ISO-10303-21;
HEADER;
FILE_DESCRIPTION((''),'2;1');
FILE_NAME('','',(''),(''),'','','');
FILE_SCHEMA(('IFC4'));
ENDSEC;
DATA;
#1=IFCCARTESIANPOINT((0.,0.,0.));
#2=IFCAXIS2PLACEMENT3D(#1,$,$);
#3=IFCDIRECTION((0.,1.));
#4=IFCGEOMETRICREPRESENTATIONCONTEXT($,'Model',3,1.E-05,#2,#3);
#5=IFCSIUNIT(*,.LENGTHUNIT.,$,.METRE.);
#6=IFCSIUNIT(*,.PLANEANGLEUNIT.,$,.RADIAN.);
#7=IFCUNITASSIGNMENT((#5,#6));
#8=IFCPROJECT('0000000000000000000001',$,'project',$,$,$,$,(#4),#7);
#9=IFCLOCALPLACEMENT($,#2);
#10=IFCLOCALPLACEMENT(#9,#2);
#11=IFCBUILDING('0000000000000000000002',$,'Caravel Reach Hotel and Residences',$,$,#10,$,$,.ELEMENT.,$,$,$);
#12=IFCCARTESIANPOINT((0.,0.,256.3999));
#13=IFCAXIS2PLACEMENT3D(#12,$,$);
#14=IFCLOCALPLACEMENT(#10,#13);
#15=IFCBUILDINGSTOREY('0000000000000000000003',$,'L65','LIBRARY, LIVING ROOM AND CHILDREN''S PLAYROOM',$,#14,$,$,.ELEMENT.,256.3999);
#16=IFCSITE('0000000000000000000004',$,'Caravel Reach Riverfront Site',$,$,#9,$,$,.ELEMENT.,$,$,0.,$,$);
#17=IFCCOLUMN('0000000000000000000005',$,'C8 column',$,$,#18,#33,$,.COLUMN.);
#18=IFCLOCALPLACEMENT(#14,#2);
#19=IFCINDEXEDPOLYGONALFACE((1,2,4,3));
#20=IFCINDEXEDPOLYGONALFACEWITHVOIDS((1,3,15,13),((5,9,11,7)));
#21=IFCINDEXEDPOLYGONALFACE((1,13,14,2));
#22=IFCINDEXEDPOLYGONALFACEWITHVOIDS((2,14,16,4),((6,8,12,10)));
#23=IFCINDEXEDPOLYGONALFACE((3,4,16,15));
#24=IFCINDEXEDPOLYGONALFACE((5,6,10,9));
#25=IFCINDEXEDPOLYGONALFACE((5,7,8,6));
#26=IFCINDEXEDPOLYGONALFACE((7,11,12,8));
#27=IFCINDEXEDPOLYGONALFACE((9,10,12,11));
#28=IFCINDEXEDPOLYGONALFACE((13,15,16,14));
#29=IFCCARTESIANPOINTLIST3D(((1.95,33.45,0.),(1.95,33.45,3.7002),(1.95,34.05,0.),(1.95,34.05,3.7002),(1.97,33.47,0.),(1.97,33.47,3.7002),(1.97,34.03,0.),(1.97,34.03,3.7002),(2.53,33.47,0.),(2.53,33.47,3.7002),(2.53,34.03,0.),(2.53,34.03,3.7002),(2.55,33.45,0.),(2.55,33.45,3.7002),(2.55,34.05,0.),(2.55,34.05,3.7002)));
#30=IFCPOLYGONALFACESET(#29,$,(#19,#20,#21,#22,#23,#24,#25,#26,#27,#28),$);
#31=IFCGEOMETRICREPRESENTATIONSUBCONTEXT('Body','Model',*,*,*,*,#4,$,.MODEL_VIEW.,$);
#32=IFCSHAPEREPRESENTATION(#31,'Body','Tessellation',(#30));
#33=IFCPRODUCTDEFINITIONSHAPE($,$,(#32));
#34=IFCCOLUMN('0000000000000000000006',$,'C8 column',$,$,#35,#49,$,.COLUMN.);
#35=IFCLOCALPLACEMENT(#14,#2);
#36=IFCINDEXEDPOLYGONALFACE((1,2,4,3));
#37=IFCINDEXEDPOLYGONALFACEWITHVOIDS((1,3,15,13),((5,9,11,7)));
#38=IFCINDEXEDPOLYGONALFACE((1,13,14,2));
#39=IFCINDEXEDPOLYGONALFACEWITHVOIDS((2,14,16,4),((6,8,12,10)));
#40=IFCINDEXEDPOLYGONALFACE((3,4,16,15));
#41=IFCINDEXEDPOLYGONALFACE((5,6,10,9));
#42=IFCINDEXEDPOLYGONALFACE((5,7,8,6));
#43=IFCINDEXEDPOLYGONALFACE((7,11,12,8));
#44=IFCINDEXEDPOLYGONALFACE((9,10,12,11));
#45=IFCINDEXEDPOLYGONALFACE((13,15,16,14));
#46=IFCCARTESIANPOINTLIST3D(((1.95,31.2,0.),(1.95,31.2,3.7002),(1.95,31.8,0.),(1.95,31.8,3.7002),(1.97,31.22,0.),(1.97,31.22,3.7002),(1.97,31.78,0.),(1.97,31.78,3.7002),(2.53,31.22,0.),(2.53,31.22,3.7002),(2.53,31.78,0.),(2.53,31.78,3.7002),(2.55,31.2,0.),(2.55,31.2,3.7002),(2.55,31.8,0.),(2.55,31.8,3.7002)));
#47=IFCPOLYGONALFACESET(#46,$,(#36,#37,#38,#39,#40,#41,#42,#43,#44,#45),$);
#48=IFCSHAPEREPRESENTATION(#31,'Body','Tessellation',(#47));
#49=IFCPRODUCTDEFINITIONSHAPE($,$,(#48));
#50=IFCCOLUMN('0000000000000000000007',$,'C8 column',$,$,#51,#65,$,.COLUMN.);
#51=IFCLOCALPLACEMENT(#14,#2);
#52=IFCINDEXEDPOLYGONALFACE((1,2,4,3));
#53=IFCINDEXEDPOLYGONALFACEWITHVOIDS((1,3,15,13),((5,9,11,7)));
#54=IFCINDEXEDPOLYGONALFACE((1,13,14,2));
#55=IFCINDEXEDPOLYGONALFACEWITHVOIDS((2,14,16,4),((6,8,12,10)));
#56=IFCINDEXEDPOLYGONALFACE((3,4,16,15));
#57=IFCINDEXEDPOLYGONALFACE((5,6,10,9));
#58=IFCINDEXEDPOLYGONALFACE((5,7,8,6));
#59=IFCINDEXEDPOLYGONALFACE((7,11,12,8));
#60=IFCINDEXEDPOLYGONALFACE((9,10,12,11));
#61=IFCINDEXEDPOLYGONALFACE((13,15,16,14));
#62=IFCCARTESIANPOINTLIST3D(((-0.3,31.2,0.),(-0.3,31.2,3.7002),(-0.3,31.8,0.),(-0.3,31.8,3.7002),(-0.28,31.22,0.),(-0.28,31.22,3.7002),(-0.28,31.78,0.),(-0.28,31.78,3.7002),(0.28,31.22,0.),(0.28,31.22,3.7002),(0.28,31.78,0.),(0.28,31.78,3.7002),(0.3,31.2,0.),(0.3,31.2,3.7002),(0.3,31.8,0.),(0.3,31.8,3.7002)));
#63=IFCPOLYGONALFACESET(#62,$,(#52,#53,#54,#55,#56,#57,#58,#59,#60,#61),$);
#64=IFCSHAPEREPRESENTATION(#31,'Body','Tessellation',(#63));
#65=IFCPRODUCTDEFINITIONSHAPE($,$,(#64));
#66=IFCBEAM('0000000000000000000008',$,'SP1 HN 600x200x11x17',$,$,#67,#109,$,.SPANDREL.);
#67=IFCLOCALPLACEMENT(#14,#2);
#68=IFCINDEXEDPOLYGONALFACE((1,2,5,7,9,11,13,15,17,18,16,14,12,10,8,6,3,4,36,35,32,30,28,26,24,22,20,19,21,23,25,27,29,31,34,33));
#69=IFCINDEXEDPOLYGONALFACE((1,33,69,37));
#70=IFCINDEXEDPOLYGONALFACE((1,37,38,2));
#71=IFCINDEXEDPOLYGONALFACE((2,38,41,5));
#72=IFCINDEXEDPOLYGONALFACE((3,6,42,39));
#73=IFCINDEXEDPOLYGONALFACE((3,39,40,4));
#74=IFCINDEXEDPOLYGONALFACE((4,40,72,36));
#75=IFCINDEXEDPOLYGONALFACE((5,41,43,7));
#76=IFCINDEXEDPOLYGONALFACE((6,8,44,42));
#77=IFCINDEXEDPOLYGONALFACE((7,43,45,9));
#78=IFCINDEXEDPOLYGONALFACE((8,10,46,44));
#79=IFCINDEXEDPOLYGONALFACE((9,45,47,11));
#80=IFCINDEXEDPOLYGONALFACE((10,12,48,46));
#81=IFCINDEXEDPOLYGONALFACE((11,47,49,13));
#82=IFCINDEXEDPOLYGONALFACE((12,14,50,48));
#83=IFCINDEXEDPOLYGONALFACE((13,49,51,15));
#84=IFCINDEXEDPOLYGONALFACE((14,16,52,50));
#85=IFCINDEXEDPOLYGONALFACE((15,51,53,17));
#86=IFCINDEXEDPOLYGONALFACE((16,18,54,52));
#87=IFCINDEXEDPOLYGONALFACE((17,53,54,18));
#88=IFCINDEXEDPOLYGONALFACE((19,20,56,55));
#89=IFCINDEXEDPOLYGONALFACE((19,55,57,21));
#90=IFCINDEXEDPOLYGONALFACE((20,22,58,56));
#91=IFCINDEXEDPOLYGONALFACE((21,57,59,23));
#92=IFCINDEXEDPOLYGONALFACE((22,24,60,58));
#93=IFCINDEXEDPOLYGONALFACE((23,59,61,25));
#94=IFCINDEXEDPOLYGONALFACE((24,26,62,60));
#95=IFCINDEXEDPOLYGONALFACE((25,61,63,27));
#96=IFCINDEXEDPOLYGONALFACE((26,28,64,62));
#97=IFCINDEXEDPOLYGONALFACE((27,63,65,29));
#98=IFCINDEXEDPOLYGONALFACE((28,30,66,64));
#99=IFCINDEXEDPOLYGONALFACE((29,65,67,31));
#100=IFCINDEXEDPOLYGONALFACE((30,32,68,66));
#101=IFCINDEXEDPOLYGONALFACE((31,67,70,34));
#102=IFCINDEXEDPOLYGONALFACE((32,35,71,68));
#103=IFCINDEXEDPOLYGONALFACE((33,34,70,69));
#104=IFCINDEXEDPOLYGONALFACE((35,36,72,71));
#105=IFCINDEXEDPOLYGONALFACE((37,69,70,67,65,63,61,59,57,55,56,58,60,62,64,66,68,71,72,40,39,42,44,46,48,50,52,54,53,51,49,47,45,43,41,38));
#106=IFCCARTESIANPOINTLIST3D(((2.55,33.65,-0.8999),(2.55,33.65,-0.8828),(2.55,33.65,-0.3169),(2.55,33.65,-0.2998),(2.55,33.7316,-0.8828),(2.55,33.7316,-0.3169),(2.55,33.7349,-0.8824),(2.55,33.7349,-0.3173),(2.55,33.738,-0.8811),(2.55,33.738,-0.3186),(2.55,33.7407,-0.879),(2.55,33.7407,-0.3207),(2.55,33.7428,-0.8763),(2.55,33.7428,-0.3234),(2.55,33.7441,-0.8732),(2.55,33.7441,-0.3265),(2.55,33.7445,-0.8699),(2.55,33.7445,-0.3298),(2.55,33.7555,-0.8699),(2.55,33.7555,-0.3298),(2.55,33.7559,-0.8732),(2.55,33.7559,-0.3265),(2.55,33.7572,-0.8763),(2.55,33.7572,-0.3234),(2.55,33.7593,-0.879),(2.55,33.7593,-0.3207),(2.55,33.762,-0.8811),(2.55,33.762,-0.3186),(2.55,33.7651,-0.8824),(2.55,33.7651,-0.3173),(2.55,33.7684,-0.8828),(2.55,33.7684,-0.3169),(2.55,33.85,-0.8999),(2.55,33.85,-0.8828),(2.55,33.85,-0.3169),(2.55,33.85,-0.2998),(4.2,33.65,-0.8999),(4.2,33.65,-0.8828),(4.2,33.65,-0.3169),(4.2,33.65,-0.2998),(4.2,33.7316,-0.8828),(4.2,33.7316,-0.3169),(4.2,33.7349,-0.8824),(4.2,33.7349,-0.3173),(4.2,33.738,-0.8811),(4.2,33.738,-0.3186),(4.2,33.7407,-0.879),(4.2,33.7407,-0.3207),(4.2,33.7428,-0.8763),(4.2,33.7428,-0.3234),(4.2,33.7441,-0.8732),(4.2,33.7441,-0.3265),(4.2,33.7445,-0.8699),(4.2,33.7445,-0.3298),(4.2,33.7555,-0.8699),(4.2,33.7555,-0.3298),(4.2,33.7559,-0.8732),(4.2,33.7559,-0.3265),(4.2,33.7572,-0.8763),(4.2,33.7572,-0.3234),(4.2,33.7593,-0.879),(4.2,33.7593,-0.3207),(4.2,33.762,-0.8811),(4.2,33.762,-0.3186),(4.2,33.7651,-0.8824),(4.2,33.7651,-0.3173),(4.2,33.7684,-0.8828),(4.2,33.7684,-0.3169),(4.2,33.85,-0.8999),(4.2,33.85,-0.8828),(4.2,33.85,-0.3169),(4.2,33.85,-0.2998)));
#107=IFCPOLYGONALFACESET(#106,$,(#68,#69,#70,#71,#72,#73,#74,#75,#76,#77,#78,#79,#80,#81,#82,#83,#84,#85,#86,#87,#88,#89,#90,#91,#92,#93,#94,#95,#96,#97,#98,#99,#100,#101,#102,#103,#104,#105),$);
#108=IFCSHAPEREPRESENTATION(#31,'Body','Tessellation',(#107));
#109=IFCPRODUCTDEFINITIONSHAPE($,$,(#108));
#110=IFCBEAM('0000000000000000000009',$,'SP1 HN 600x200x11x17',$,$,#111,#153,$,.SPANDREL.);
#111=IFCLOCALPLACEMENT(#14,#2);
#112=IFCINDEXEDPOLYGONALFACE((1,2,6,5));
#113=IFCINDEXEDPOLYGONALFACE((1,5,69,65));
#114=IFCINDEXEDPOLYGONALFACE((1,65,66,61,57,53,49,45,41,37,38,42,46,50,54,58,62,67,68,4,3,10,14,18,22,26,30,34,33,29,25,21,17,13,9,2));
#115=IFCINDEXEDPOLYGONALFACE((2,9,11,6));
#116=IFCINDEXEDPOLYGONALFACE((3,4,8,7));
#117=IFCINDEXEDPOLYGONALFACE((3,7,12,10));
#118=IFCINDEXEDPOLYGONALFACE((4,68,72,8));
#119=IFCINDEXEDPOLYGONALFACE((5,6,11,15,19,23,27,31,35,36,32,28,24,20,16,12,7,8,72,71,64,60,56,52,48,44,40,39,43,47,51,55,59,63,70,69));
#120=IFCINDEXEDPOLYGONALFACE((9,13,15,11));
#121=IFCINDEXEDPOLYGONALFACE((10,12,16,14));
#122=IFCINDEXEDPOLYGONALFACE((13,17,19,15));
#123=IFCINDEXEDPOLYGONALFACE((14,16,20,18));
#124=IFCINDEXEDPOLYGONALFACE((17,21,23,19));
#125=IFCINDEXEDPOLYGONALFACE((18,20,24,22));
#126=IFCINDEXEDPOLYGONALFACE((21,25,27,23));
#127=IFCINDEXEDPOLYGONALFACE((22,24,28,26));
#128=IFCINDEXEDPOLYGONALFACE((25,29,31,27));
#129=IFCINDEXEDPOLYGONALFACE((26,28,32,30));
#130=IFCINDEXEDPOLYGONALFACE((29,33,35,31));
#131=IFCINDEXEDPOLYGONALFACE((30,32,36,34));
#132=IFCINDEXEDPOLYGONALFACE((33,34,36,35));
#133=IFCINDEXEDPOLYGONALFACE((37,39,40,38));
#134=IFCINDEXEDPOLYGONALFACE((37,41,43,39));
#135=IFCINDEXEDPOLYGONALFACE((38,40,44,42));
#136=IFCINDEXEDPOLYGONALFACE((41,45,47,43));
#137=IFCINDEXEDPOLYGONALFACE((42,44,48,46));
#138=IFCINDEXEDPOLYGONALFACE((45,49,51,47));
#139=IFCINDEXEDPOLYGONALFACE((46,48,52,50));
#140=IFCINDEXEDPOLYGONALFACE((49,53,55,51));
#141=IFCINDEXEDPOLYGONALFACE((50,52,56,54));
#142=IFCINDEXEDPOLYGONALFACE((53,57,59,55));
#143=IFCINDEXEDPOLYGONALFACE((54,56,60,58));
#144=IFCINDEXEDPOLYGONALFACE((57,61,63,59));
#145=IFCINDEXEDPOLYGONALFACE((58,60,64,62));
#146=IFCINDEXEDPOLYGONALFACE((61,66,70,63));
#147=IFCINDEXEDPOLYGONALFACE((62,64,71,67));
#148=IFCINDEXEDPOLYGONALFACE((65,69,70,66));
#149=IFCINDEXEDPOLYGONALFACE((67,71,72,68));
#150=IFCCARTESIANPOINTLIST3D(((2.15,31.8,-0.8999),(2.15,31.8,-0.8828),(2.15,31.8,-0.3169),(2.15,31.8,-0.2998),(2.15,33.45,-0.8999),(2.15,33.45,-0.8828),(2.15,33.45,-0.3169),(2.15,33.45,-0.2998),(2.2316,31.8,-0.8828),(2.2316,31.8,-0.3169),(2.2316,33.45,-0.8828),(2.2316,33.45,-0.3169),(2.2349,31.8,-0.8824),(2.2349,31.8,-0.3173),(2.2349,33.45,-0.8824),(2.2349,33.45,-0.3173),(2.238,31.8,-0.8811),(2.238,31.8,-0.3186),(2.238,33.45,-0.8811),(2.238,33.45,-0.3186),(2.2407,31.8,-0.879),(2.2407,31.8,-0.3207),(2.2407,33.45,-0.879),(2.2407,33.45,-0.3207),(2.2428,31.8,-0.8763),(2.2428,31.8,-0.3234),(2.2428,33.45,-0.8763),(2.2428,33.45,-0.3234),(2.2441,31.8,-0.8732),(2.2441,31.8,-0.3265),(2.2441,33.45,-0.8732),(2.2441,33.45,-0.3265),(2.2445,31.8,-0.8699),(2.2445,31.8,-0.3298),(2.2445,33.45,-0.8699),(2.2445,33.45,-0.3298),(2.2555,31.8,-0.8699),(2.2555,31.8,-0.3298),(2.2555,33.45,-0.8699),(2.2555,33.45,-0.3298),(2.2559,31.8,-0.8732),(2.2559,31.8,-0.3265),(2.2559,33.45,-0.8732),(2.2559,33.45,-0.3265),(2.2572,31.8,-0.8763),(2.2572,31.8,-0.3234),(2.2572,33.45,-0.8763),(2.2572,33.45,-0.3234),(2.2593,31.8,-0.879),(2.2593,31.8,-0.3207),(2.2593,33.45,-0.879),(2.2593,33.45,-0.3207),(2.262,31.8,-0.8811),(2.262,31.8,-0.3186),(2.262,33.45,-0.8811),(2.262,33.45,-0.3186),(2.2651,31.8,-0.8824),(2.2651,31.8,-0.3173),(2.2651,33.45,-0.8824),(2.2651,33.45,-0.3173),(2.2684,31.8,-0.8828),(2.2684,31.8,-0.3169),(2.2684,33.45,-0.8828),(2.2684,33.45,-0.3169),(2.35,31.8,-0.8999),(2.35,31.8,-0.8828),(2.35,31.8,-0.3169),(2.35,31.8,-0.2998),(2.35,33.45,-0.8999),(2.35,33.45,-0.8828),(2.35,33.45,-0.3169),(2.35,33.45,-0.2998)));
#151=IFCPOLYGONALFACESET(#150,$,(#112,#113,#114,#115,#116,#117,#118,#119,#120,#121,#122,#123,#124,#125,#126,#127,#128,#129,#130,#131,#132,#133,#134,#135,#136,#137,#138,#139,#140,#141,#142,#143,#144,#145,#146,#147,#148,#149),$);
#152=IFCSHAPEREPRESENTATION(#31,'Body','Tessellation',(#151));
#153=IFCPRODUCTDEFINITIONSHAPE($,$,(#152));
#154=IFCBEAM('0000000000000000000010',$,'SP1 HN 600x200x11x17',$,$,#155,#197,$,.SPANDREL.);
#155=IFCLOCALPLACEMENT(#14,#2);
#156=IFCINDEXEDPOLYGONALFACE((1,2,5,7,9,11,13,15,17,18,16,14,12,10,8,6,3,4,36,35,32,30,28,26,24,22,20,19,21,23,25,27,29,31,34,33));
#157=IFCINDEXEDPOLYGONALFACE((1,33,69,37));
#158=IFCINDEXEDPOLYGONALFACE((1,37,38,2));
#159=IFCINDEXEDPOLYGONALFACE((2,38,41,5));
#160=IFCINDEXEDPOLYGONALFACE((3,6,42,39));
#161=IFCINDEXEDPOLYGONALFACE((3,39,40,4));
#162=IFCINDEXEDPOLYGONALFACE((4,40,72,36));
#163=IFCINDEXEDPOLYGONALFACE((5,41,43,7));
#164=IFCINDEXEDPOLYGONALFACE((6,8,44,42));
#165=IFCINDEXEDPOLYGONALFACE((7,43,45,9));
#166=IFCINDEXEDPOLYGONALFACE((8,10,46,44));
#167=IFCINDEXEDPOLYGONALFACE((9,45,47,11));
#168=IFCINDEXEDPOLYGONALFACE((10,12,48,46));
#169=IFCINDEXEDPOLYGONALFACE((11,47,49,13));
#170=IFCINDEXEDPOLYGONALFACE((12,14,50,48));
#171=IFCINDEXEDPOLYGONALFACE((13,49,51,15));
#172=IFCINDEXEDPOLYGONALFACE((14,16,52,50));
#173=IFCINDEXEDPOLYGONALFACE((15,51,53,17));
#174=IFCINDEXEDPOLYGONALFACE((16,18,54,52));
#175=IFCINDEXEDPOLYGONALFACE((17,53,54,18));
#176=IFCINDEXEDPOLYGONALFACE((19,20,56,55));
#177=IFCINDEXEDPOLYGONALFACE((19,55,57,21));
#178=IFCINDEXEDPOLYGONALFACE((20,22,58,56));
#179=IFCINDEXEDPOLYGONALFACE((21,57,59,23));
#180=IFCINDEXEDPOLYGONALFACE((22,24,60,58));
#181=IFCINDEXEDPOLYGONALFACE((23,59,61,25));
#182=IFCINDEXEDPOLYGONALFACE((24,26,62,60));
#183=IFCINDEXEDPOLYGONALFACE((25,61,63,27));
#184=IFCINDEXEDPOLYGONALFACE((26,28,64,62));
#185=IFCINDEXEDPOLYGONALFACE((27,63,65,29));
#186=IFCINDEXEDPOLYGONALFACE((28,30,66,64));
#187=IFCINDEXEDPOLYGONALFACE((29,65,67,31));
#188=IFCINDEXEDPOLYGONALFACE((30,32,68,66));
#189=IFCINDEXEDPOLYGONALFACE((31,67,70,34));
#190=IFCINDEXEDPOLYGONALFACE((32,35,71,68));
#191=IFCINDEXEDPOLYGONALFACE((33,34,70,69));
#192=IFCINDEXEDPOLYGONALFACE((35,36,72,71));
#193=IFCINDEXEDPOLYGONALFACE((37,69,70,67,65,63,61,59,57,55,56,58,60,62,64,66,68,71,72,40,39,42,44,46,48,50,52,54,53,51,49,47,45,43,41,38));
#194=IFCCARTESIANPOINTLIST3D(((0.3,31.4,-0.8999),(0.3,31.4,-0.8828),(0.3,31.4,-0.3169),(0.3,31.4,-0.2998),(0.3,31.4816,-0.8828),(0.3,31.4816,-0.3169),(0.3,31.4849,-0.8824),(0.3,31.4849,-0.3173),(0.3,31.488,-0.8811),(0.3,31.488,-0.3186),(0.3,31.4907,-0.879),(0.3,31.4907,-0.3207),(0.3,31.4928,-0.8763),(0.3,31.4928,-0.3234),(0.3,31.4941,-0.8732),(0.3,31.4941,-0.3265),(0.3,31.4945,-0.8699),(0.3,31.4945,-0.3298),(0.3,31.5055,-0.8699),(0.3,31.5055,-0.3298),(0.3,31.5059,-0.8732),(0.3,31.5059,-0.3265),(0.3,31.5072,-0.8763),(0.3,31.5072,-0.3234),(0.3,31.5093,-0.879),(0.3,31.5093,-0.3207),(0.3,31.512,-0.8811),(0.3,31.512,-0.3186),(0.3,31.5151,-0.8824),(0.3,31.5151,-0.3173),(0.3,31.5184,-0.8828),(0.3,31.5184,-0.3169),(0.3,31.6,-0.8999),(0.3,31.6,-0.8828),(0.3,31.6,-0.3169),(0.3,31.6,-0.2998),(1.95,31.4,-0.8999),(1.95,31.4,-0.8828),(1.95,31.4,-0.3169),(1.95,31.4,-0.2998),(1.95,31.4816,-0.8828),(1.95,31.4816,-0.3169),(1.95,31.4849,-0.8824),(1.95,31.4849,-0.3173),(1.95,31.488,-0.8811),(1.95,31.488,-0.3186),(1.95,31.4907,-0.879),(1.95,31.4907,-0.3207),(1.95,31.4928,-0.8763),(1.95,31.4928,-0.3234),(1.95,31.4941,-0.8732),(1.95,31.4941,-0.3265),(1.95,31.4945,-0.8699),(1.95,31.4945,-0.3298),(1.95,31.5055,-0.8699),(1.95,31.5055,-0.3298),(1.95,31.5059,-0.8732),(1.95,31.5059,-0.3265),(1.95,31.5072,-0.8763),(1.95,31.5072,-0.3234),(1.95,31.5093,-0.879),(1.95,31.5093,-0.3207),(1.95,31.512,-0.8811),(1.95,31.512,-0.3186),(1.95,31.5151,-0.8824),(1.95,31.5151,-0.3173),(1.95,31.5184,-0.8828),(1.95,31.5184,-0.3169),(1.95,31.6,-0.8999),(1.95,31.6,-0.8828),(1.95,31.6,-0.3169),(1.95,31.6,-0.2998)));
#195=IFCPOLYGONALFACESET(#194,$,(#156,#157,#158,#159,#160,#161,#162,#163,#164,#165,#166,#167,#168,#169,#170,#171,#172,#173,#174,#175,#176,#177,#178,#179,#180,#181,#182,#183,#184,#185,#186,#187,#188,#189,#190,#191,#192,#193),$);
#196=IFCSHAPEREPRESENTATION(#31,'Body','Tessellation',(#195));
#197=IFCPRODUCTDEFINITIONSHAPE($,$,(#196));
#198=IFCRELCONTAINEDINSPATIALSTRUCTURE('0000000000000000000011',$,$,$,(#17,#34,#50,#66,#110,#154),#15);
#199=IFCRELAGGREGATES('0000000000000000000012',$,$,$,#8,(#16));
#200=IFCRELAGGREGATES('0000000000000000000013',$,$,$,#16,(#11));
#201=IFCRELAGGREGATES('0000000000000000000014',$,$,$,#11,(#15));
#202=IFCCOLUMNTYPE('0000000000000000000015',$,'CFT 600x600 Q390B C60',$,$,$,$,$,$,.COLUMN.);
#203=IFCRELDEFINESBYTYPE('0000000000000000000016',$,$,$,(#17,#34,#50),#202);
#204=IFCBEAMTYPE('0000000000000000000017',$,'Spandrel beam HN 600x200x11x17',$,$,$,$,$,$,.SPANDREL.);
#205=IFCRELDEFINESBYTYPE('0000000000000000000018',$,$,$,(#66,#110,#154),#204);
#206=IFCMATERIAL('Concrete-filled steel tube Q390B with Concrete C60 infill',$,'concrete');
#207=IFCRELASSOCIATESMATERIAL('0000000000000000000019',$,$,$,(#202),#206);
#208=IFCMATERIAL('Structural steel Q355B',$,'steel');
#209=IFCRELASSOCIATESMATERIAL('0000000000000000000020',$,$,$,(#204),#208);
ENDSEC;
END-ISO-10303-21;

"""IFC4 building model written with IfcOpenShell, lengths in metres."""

from ifc_helpers import new_model, si_unit, direction, frame, origin, origin_2d, place, context, subcontext, project, spatial, hollow_rectangle, i_section, extrude, material, material_profile, profile_set, type_object, element, save


model = new_model("IFC4")

# Units and contexts
model_context = context("Model", 3, precision=1e-05, world=origin(), true_north=direction((0.0, 1.0)))
body_context = subcontext(model_context, "Body", "Model", "MODEL_VIEW")
ifc_project = project(units=[si_unit("LENGTHUNIT", "METRE"), si_unit("PLANEANGLEUNIT", "RADIAN")], contexts=[model_context])

# Site, building, storey
site_placement = place(None, origin())
site = spatial("IfcSite", under=ifc_project, at=site_placement, Name="Caravel Reach Riverfront Site", CompositionType="ELEMENT", RefElevation=0.0)
building_placement = place(site_placement, origin())
building = spatial("IfcBuilding", under=site, at=building_placement, Name="Caravel Reach Hotel and Residences", CompositionType="ELEMENT")
storey_placement = place(building_placement, frame((0.0, 0.0, 256.3999)))
storey = spatial("IfcBuildingStorey", under=building, at=storey_placement, Name="L65", Description="LIBRARY, LIVING ROOM AND CHILDREN'S PLAYROOM", CompositionType="ELEMENT", Elevation=256.3999)

# Columns
ifc_material_1 = material(Name="Concrete-filled steel tube Q390B with Concrete C60 infill", Category="concrete")
ifc_material_profile_1 = material_profile(ifc_material_1, hollow_rectangle(XDim=0.6001, YDim=0.6001, WallThickness=0.02, at=origin_2d()), Name="RHS 600x600x20")
ifc_profile_set_1 = profile_set([ifc_material_profile_1], Name="Concrete-filled steel tube Q390B with Concrete C60 infill")
column_type = type_object("IfcColumnType", Name="CFT 600x600 Q390B C60", PredefinedType="COLUMN", material=ifc_profile_set_1)
for number, where, z_axis, x_axis, name in (
    (1, (2.25, 33.75, 0.0), (0.0, 0.0, 1.0), (1.0, 0.0, 0.0), "C8 column"),
    (2, (2.25, 31.5, 0.0), (0.0, 0.0, 1.0), (1.0, 0.0, 0.0), "C8 column"),
    (3, (0.0, 31.5, 0.0), (0.0, 0.0, 1.0), (1.0, 0.0, 0.0), "C8 column"),
):
    element("IfcColumn", number, at=place(storey_placement, frame(where, z_axis=z_axis, x_axis=x_axis)), inside=storey, type_object=column_type, Name=name, PredefinedType="COLUMN", context=body_context, shape_type="SweptSolid", body=[
        extrude(hollow_rectangle(XDim=0.6001, YDim=0.6001, WallThickness=0.02, at=origin_2d()), origin(), (0.0, 0.0, 1.0), 3.7002),
    ])

# Beams
ifc_material_2 = material(Name="Structural steel Q355B", Category="steel")
ifc_material_profile_2 = material_profile(ifc_material_2, i_section(OverallWidth=0.2, OverallDepth=0.6001, WebThickness=0.011, FlangeThickness=0.0171, FilletRadius=0.0129, at=origin_2d()), Name="HN 600x200x11x17")
ifc_profile_set_2 = profile_set([ifc_material_profile_2], Name="Structural steel Q355B")
beam_type = type_object("IfcBeamType", Name="Spandrel beam HN 600x200x11x17", PredefinedType="SPANDREL", material=ifc_profile_set_2)
for number, where, z_axis, x_axis, name in (
    (4, (4.2, 33.75, -0.5999), (-1.0, 0.0, 0.0), (0.0, -1.0, 0.0), "SP1 HN 600x200x11x17"),
    (5, (2.25, 33.45, -0.5999), (0.0, -1.0, 0.0), (1.0, 0.0, 0.0), "SP1 HN 600x200x11x17"),
    (6, (1.95, 31.5, -0.5999), (-1.0, 0.0, 0.0), (0.0, -1.0, 0.0), "SP1 HN 600x200x11x17"),
):
    element("IfcBeam", number, at=place(storey_placement, frame(where, z_axis=z_axis, x_axis=x_axis)), inside=storey, type_object=beam_type, Name=name, PredefinedType="SPANDREL", context=body_context, shape_type="SweptSolid", body=[
        extrude(i_section(OverallWidth=0.2, OverallDepth=0.6001, WebThickness=0.011, FlangeThickness=0.0171, FilletRadius=0.0129, at=origin_2d()), origin(), (0.0, 0.0, 1.0), 1.6499),
    ])

save(model, "model.ifc")
